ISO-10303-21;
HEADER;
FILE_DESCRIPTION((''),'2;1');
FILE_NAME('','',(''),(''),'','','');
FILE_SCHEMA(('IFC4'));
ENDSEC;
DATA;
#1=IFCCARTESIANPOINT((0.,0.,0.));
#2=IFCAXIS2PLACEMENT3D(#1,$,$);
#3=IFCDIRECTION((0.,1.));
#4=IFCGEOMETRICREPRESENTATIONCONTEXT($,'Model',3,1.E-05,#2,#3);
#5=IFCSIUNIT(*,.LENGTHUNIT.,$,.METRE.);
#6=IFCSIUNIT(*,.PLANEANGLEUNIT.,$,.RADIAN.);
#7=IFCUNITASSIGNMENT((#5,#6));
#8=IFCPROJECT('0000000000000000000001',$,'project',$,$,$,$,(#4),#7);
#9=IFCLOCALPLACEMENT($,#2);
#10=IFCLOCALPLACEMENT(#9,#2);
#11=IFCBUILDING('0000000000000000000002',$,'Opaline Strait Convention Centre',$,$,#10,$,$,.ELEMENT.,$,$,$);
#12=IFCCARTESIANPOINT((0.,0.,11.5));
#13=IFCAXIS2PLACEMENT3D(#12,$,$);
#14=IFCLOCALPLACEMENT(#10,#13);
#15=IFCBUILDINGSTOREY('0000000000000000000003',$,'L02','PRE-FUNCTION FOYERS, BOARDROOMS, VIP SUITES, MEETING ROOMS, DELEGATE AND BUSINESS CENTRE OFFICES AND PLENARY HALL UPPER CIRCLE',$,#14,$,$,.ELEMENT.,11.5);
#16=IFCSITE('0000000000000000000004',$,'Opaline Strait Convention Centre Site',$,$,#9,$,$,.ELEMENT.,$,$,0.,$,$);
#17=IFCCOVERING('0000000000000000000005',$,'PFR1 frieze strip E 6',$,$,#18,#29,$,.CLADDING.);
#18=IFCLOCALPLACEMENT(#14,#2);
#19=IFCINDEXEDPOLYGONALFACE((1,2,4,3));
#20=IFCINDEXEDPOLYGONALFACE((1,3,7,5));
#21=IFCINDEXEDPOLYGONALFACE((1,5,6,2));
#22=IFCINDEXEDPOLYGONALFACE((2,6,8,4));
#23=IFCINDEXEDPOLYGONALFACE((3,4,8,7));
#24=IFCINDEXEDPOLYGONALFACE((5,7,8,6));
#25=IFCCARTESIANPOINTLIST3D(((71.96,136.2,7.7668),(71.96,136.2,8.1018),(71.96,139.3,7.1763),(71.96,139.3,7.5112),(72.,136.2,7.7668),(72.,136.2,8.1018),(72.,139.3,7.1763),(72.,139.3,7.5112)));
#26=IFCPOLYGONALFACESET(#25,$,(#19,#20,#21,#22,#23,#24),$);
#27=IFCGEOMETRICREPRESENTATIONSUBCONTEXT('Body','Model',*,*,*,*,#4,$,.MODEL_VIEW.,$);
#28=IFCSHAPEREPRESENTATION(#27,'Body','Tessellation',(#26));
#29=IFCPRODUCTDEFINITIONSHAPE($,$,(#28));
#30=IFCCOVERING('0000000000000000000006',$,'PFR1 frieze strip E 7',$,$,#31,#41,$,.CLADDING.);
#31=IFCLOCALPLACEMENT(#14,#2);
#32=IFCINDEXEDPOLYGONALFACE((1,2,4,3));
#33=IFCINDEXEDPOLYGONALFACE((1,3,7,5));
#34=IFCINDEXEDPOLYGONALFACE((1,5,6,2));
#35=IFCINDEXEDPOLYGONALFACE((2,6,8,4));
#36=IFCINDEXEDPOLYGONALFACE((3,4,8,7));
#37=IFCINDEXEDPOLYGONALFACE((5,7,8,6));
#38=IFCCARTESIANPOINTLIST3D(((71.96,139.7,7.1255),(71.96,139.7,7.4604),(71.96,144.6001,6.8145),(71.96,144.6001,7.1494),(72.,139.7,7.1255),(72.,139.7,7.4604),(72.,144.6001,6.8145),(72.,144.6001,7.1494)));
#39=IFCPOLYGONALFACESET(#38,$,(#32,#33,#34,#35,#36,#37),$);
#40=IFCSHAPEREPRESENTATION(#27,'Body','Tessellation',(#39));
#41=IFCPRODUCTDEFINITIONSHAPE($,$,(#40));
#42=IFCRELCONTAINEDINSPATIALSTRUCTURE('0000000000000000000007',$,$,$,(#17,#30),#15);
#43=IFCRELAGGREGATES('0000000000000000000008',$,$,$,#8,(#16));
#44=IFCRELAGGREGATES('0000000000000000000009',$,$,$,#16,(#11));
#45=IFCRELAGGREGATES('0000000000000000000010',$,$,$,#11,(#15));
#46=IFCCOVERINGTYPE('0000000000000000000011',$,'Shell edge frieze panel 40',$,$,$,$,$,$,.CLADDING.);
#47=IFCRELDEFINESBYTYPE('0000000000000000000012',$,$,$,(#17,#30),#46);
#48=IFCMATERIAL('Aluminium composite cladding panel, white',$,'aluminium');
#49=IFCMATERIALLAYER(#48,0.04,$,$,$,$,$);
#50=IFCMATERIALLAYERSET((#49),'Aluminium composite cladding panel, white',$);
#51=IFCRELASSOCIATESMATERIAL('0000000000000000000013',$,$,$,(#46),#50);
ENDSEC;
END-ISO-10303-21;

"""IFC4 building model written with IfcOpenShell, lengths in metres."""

from ifc_helpers import new_model, si_unit, direction, frame, origin, place, context, subcontext, project, spatial, polyline, outline, extrude, material, layer, layer_set, type_object, element, save


model = new_model("IFC4")

# Units and contexts
model_context = context("Model", 3, precision=1e-05, world=origin(), true_north=direction((0.0, 1.0)))
body_context = subcontext(model_context, "Body", "Model", "MODEL_VIEW")
ifc_project = project(units=[si_unit("LENGTHUNIT", "METRE"), si_unit("PLANEANGLEUNIT", "RADIAN")], contexts=[model_context])

# Site, building, storey
site_placement = place(None, origin())
site = spatial("IfcSite", under=ifc_project, at=site_placement, Name="Opaline Strait Convention Centre Site", CompositionType="ELEMENT", RefElevation=0.0)
building_placement = place(site_placement, origin())
building = spatial("IfcBuilding", under=site, at=building_placement, Name="Opaline Strait Convention Centre", CompositionType="ELEMENT")
storey_placement = place(building_placement, frame((0.0, 0.0, 11.5)))
storey = spatial("IfcBuildingStorey", under=building, at=storey_placement, Name="L02", Description="PRE-FUNCTION FOYERS, BOARDROOMS, VIP SUITES, MEETING ROOMS, DELEGATE AND BUSINESS CENTRE OFFICES AND PLENARY HALL UPPER CIRCLE", CompositionType="ELEMENT", Elevation=11.5)

# Coverings
ifc_material_1 = material(Name="Aluminium composite cladding panel, white", Category="aluminium")
ifc_layer_1 = layer(ifc_material_1, 0.04)
ifc_layer_set_1 = layer_set([ifc_layer_1], Name="Aluminium composite cladding panel, white")
covering_type_1 = type_object("IfcCoveringType", Name="Shell edge frieze panel 40", PredefinedType="CLADDING", material=ifc_layer_set_1)
covering_1_placement = place(storey_placement, frame((72.0, 136.2, 7.7668), z_axis=(1.0, 0.0, 0.0), x_axis=(0.0, 0.982334, -0.187137)))
element("IfcCovering", 1, at=covering_1_placement, inside=storey, type_object=covering_type_1, Name="PFR1 frieze strip E 6", PredefinedType="CLADDING", context=body_context, shape_type="SweptSolid", body=[
    extrude(outline(polyline([(0.0, 0.0), (3.1558, 0.0), (3.0932, 0.329), (-0.0627, 0.329), (0.0, 0.0)])), origin(), (0.0, 0.0, -1.0), 0.04),
])
covering_2_placement = place(storey_placement, frame((72.0, 139.7, 7.1255), z_axis=(1.0, 0.0, 0.0), x_axis=(0.0, 0.997992, -0.063347)))
element("IfcCovering", 2, at=covering_2_placement, inside=storey, type_object=covering_type_1, Name="PFR1 frieze strip E 7", PredefinedType="CLADDING", context=body_context, shape_type="SweptSolid", body=[
    extrude(outline(polyline([(0.0, 0.0), (4.91, 0.0), (4.8888, 0.3343), (-0.0212, 0.3343), (0.0, 0.0)])), origin(), (0.0, 0.0, -1.0), 0.04),
])

save(model, "model.ifc")
